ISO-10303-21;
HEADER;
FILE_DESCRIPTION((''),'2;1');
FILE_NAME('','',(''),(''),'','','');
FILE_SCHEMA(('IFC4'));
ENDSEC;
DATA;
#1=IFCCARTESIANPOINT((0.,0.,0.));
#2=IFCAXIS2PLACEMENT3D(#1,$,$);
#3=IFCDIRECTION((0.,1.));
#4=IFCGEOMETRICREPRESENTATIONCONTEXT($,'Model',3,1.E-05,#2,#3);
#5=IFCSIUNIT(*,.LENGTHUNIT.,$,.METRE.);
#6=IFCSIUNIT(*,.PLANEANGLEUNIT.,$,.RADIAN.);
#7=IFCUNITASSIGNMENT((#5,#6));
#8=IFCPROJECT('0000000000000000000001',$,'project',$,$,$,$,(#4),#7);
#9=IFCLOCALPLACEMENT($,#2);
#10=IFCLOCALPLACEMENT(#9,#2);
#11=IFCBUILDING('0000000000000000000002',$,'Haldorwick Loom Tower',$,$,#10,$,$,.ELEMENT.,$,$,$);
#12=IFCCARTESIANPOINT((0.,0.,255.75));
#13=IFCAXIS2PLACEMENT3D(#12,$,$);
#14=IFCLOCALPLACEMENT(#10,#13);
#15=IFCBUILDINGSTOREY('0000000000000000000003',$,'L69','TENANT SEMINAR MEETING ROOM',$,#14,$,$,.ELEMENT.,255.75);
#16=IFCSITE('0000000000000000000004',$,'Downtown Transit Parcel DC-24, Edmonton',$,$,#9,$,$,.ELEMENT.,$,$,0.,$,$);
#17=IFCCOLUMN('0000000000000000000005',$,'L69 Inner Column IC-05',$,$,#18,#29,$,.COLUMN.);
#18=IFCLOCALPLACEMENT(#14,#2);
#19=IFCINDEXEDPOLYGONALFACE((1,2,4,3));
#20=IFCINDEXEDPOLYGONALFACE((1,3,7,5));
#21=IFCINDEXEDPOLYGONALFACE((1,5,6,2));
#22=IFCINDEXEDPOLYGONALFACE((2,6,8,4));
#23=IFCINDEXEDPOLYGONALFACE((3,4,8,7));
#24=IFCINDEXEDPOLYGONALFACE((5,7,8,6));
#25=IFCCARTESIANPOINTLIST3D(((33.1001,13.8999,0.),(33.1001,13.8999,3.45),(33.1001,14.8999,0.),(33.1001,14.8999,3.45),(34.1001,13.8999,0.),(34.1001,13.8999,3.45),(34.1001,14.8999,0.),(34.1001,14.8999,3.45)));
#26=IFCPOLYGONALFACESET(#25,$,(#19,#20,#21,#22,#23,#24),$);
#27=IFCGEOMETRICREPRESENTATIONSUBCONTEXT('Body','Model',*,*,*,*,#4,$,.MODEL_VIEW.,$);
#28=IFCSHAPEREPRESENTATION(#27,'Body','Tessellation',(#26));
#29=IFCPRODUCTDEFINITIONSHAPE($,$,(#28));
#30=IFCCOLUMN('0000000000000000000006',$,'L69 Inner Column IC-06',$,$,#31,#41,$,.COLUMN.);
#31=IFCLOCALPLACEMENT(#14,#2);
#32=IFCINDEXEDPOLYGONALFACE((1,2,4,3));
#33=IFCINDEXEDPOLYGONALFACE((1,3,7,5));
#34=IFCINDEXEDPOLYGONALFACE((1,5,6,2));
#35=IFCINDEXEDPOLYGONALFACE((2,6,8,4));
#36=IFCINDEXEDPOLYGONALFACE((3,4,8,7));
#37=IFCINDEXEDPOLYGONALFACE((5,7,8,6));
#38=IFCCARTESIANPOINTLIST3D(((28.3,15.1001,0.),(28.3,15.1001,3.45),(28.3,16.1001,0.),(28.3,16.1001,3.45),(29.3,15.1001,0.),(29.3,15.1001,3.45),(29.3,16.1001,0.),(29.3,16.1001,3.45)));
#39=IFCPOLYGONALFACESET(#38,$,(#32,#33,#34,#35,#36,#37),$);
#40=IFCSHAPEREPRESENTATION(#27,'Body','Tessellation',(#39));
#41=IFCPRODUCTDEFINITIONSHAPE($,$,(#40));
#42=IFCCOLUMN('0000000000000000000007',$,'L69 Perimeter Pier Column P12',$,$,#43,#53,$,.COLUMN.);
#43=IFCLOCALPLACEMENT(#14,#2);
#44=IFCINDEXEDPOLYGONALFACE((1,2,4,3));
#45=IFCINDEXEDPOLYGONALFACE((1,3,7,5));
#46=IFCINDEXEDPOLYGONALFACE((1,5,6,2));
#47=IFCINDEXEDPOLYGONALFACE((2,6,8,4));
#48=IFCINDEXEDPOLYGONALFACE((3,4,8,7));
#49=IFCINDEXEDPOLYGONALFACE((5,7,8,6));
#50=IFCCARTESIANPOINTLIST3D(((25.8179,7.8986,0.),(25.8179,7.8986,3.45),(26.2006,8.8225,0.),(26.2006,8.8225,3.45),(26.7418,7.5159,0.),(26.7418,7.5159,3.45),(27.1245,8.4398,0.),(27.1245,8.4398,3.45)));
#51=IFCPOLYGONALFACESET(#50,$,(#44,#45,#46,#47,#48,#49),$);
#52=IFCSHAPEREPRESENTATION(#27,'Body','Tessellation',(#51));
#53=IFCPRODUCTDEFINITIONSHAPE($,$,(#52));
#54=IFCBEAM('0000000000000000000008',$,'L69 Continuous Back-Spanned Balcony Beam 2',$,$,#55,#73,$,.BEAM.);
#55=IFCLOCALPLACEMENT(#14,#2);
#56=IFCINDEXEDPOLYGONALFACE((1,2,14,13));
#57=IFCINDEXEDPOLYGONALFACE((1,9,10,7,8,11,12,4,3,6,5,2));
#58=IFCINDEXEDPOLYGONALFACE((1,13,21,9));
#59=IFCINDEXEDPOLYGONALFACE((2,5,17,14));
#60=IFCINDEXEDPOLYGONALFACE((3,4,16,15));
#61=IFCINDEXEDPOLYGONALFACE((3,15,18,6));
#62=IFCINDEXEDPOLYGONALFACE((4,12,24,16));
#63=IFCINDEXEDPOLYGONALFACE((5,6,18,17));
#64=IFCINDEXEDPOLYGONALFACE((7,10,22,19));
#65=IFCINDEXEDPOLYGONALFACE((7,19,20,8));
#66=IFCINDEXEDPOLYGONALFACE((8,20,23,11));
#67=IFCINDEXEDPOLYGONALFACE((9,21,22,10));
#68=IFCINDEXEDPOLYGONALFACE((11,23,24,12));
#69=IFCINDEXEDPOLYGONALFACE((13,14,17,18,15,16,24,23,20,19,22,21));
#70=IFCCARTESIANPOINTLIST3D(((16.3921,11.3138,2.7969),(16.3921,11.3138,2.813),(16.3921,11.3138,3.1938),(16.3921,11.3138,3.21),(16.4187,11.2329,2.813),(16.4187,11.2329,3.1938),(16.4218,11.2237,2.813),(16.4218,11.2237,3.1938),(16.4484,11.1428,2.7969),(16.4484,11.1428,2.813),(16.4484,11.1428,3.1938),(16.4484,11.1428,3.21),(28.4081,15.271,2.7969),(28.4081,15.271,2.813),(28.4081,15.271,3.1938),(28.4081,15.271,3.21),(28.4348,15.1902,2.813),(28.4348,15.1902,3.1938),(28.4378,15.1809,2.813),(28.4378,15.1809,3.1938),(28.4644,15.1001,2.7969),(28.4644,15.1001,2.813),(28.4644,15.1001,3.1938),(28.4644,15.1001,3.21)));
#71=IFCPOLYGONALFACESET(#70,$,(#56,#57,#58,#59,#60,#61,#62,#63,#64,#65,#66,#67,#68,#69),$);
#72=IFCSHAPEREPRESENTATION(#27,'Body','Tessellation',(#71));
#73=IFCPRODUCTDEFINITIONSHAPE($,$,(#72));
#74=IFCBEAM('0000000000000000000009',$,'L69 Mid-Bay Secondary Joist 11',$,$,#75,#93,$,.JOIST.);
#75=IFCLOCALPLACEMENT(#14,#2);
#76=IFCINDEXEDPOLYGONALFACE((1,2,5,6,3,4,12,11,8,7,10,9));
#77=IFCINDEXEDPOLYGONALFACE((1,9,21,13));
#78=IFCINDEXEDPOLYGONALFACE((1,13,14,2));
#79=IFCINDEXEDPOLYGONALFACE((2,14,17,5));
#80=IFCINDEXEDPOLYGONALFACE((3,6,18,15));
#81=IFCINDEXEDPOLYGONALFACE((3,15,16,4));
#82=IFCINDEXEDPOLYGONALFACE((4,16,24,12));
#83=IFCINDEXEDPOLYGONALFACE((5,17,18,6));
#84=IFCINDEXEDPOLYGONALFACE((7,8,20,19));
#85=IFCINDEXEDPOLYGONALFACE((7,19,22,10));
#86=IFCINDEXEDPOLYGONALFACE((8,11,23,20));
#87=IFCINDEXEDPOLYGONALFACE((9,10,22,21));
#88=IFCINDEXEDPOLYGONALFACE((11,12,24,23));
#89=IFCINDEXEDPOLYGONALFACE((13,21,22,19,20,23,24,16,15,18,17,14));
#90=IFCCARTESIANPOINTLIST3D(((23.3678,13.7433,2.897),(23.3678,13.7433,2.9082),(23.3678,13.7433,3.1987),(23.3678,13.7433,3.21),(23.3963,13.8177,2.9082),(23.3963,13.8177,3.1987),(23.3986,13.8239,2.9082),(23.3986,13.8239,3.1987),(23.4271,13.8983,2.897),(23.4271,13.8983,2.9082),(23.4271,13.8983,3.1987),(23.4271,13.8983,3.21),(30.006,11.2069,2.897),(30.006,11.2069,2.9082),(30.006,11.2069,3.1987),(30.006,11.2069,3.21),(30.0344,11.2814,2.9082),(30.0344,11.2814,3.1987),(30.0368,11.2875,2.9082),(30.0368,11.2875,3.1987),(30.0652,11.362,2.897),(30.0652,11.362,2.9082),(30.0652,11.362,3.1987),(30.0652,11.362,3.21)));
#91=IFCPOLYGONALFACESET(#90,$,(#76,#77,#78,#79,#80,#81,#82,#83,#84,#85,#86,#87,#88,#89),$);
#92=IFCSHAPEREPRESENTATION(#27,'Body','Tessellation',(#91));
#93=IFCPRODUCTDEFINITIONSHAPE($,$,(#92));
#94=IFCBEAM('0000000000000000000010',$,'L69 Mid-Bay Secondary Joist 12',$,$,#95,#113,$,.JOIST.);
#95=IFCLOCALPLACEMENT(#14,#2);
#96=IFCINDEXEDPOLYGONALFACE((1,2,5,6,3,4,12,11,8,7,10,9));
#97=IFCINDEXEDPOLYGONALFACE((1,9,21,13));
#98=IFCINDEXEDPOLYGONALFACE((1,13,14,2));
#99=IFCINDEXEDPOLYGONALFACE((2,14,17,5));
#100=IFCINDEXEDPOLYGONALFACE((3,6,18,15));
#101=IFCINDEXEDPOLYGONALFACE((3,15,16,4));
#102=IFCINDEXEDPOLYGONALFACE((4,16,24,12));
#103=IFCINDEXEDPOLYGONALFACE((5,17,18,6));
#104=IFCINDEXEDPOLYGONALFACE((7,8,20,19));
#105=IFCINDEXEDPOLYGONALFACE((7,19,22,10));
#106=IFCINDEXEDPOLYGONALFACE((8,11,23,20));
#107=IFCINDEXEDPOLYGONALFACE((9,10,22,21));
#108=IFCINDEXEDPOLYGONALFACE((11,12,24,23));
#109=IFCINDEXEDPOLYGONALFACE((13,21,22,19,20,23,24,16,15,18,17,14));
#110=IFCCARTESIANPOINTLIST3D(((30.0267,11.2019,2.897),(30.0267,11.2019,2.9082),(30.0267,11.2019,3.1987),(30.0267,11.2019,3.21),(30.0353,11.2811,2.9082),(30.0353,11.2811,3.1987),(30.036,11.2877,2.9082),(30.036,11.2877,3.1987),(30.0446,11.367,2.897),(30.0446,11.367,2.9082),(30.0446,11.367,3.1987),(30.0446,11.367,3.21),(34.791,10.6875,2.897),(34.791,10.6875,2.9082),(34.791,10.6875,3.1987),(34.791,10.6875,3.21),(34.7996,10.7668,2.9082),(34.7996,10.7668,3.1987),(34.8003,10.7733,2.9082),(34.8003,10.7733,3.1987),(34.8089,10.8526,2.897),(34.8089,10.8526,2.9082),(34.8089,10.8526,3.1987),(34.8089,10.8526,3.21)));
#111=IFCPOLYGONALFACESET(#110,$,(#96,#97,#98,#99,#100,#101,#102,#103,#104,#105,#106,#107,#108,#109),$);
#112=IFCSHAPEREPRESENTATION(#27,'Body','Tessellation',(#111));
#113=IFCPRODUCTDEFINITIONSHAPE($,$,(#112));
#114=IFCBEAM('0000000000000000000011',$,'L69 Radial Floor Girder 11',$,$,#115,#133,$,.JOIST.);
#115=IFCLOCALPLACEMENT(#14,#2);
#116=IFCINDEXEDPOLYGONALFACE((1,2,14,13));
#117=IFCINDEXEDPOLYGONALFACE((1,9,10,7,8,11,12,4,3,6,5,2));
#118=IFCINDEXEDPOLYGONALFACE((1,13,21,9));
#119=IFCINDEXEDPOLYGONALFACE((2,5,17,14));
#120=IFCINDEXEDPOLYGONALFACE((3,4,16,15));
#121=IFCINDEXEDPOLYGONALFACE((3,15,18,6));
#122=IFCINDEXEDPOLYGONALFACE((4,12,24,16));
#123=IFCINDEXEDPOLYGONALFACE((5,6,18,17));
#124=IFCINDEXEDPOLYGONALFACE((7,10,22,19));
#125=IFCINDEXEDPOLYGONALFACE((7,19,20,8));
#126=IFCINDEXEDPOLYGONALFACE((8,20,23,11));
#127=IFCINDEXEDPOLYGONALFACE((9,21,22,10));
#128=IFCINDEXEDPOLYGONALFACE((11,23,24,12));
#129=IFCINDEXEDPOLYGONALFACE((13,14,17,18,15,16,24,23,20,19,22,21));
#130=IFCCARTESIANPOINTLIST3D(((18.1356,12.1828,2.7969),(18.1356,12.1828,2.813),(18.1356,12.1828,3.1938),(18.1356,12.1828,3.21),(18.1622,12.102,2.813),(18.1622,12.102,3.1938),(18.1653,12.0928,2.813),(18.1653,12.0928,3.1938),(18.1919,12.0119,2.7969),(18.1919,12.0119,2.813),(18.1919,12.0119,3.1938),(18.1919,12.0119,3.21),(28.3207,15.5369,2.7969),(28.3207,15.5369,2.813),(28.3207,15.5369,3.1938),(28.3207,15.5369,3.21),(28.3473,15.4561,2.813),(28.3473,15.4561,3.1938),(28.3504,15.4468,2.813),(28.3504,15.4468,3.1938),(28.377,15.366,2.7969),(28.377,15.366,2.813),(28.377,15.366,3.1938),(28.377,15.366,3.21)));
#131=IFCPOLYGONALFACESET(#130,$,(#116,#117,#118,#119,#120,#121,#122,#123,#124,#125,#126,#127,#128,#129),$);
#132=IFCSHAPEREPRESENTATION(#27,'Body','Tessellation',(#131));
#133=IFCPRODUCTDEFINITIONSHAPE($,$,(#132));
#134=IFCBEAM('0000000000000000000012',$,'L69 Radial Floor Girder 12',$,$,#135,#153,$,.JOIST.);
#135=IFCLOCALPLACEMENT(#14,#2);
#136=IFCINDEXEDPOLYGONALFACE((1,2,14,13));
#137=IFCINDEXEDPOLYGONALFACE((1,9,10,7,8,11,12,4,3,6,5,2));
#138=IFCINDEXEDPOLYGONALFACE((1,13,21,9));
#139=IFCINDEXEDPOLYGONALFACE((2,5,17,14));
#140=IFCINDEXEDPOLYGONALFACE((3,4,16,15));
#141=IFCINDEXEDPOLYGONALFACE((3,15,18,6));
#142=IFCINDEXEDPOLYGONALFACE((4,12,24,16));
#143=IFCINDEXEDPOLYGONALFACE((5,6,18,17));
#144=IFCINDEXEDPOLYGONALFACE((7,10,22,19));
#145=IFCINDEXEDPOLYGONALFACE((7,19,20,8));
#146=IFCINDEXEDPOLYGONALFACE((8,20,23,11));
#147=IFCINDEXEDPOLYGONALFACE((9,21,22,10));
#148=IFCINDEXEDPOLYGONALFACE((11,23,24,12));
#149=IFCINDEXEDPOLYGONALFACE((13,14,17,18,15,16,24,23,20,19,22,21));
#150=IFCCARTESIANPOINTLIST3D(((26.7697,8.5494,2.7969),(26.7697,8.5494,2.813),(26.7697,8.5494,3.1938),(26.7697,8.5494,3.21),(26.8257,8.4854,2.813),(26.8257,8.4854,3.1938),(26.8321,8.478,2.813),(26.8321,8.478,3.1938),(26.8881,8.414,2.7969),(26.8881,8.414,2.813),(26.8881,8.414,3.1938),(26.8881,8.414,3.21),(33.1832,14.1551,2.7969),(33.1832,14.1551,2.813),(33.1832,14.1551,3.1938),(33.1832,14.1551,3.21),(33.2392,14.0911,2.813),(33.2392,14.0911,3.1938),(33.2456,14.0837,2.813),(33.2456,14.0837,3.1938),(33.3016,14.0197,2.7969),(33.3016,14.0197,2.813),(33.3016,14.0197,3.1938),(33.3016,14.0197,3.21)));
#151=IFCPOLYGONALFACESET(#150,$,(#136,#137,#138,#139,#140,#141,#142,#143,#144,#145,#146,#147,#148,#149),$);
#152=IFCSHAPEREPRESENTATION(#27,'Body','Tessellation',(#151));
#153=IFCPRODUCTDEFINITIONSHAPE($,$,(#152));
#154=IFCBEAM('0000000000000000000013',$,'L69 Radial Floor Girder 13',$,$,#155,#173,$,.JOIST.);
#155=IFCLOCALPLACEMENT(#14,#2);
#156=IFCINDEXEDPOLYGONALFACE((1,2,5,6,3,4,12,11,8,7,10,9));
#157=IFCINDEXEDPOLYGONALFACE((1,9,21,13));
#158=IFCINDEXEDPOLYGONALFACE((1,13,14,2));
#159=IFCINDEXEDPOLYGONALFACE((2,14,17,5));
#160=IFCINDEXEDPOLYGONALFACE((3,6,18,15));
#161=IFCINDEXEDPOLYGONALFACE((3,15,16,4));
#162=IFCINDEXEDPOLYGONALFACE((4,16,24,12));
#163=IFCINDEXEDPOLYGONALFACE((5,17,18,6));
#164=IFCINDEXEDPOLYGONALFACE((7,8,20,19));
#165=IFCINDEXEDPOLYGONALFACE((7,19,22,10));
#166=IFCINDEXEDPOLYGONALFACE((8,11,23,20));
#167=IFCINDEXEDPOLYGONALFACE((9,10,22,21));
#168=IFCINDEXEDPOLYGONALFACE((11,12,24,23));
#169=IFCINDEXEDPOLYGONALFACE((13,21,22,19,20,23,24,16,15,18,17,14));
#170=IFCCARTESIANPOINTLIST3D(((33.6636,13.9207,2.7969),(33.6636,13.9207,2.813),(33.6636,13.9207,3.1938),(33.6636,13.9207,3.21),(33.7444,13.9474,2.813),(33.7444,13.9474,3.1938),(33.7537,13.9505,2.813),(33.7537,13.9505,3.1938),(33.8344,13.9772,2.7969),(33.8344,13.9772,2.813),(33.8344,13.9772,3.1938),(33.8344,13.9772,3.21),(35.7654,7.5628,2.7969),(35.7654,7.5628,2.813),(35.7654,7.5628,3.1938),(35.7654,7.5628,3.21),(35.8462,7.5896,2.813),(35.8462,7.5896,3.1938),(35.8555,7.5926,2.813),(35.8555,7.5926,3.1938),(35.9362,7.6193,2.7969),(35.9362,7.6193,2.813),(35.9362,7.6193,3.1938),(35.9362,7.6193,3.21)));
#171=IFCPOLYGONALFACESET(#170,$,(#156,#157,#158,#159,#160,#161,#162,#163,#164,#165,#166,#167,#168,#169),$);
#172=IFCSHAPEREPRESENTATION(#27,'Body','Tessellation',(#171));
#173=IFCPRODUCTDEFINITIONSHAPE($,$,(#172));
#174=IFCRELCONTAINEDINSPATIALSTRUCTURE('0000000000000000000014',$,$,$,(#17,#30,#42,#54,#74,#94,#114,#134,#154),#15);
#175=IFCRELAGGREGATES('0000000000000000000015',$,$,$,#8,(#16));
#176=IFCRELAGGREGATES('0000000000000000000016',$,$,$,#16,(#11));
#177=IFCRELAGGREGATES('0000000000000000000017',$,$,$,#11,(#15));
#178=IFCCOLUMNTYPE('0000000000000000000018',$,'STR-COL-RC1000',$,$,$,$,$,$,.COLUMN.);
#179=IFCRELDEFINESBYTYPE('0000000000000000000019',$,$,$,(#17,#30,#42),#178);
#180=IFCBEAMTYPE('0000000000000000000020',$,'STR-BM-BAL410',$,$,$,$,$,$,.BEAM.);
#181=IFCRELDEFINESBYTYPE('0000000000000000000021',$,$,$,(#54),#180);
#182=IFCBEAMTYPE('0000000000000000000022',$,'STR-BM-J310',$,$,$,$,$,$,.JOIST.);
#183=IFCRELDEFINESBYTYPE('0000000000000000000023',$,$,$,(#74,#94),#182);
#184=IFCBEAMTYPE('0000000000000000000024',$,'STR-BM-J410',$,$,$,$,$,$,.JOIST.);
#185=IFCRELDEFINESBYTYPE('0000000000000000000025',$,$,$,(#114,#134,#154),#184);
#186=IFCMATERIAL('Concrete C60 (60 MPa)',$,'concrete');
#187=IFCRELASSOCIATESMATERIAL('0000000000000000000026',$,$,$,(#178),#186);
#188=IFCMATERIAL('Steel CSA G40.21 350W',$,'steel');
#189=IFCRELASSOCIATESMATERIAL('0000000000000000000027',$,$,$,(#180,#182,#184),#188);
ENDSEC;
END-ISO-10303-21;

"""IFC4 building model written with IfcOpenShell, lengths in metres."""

from ifc_helpers import new_model, si_unit, direction, frame, origin, origin_2d, place, context, subcontext, project, spatial, rectangle, i_section, extrude, material, material_profile, profile_set, type_object, element, save


model = new_model("IFC4")

# Units and contexts
model_context = context("Model", 3, precision=1e-05, world=origin(), true_north=direction((0.0, 1.0)))
body_context = subcontext(model_context, "Body", "Model", "MODEL_VIEW")
ifc_project = project(units=[si_unit("LENGTHUNIT", "METRE"), si_unit("PLANEANGLEUNIT", "RADIAN")], contexts=[model_context])

# Site, building, storey
site_placement = place(None, origin())
site = spatial("IfcSite", under=ifc_project, at=site_placement, Name="Downtown Transit Parcel DC-24, Edmonton", CompositionType="ELEMENT", RefElevation=0.0)
building_placement = place(site_placement, origin())
building = spatial("IfcBuilding", under=site, at=building_placement, Name="Haldorwick Loom Tower", CompositionType="ELEMENT")
storey_placement = place(building_placement, frame((0.0, 0.0, 255.75)))
storey = spatial("IfcBuildingStorey", under=building, at=storey_placement, Name="L69", Description="TENANT SEMINAR MEETING ROOM", CompositionType="ELEMENT", Elevation=255.75)

# Columns
ifc_material_1 = material(Name="Concrete C60 (60 MPa)", Category="concrete")
ifc_material_profile_1 = material_profile(ifc_material_1, rectangle(XDim=1.0, YDim=1.0, at=origin_2d()), Name="RC1000X1000", Category="concrete")
ifc_profile_set_1 = profile_set([ifc_material_profile_1], Name="Concrete C60 (60 MPa)")
column_type = type_object("IfcColumnType", Name="STR-COL-RC1000", PredefinedType="COLUMN", material=ifc_profile_set_1)
for number, where, z_axis, x_axis, name in (
    (1, (33.6001, 14.3999, 0.0), (0.0, 0.0, 1.0), (1.0, 0.0, 0.0), "L69 Inner Column IC-05"),
    (2, (28.8, 15.6001, 0.0), (0.0, 0.0, 1.0), (1.0, 0.0, 0.0), "L69 Inner Column IC-06"),
    (3, (26.4712, 8.1692, 0.0), (0.0, 0.0, 1.0), (-0.382683, -0.92388, 0.0), "L69 Perimeter Pier Column P12"),
):
    element("IfcColumn", number, at=place(storey_placement, frame(where, z_axis=z_axis, x_axis=x_axis)), inside=storey, type_object=column_type, Name=name, PredefinedType="COLUMN", context=body_context, shape_type="SweptSolid", body=[
        extrude(rectangle(XDim=1.0, YDim=1.0, at=origin_2d()), origin(), (0.0, 0.0, 1.0), 3.45),
    ])

# Beams
ifc_material_2 = material(Name="Steel CSA G40.21 350W", Category="steel")
ifc_material_profile_2 = material_profile(ifc_material_2, i_section(OverallWidth=0.1799, OverallDepth=0.4131, WebThickness=0.0098, FlangeThickness=0.0161, at=origin_2d()), Name="W410X74", Category="steel")
ifc_profile_set_2 = profile_set([ifc_material_profile_2], Name="Steel CSA G40.21 350W")
beam_type_1 = type_object("IfcBeamType", Name="STR-BM-BAL410", PredefinedType="BEAM", material=ifc_profile_set_2)
beam_1_placement = place(storey_placement, frame((28.4363, 15.1855, 3.0034), z_axis=(-0.949818, -0.312804, 0.0), x_axis=(0.312804, -0.949818, 0.0)))
element("IfcBeam", 4, at=beam_1_placement, inside=storey, type_object=beam_type_1, Name="L69 Continuous Back-Spanned Balcony Beam 2", PredefinedType="BEAM", context=body_context, shape_type="SweptSolid", body=[
    extrude(i_section(OverallWidth=0.1799, OverallDepth=0.4131, WebThickness=0.0098, FlangeThickness=0.0161, at=origin_2d()), origin(), (0.0, 0.0, 1.0), 12.6509),
])
ifc_material_profile_3 = material_profile(ifc_material_2, i_section(OverallWidth=0.166, OverallDepth=0.313, WebThickness=0.0066, FlangeThickness=0.0112, at=origin_2d()), Name="W310X45", Category="steel")
ifc_profile_set_3 = profile_set([ifc_material_profile_3], Name="Steel CSA G40.21 350W")
beam_type_2 = type_object("IfcBeamType", Name="STR-BM-J310", PredefinedType="JOIST", material=ifc_profile_set_3)
beam_2_placement = place(storey_placement, frame((23.3975, 13.8208, 3.0535), z_axis=(0.934134, -0.356922, 0.0), x_axis=(0.356922, 0.934134, 0.0)))
element("IfcBeam", 5, at=beam_2_placement, inside=storey, type_object=beam_type_2, Name="L69 Mid-Bay Secondary Joist 11", PredefinedType="JOIST", context=body_context, shape_type="SweptSolid", body=[
    extrude(i_section(OverallWidth=0.166, OverallDepth=0.313, WebThickness=0.0066, FlangeThickness=0.0112, at=origin_2d()), origin(), (0.0, 0.0, 1.0), 7.1062),
])
beam_3_placement = place(storey_placement, frame((30.0356, 11.2844, 3.0535), z_axis=(0.994222, -0.107344, 0.0), x_axis=(0.107344, 0.994222, 0.0)))
element("IfcBeam", 6, at=beam_3_placement, inside=storey, type_object=beam_type_2, Name="L69 Mid-Bay Secondary Joist 12", PredefinedType="JOIST", context=body_context, shape_type="SweptSolid", body=[
    extrude(i_section(OverallWidth=0.166, OverallDepth=0.313, WebThickness=0.0066, FlangeThickness=0.0112, at=origin_2d()), origin(), (0.0, 0.0, 1.0), 4.792),
])
ifc_material_profile_4 = material_profile(ifc_material_2, i_section(OverallWidth=0.1799, OverallDepth=0.4131, WebThickness=0.0098, FlangeThickness=0.0161, at=origin_2d()), Name="W410X74", Category="steel")
ifc_profile_set_4 = profile_set([ifc_material_profile_4], Name="Steel CSA G40.21 350W")
beam_type_3 = type_object("IfcBeamType", Name="STR-BM-J410", PredefinedType="JOIST", material=ifc_profile_set_4)
beam_4_placement = place(storey_placement, frame((28.3489, 15.4514, 3.0034), z_axis=(-0.949825, -0.312783, 0.0), x_axis=(0.312783, -0.949825, 0.0)))
element("IfcBeam", 7, at=beam_4_placement, inside=storey, type_object=beam_type_3, Name="L69 Radial Floor Girder 11", PredefinedType="JOIST", context=body_context, shape_type="SweptSolid", body=[
    extrude(i_section(OverallWidth=0.1799, OverallDepth=0.4131, WebThickness=0.0098, FlangeThickness=0.0161, at=origin_2d()), origin(), (0.0, 0.0, 1.0), 10.7231),
])
beam_5_placement = place(storey_placement, frame((33.2424, 14.0874, 3.0034), z_axis=(-0.752935, -0.658095, 0.0), x_axis=(0.658095, -0.752935, 0.0)))
element("IfcBeam", 8, at=beam_5_placement, inside=storey, type_object=beam_type_3, Name="L69 Radial Floor Girder 12", PredefinedType="JOIST", context=body_context, shape_type="SweptSolid", body=[
    extrude(i_section(OverallWidth=0.1799, OverallDepth=0.4131, WebThickness=0.0098, FlangeThickness=0.0161, at=origin_2d()), origin(), (0.0, 0.0, 1.0), 8.5181),
])
beam_6_placement = place(storey_placement, frame((33.749, 13.949, 3.0034), z_axis=(0.313875, -0.949464, 0.0), x_axis=(0.949464, 0.313875, 0.0)))
element("IfcBeam", 9, at=beam_6_placement, inside=storey, type_object=beam_type_3, Name="L69 Radial Floor Girder 13", PredefinedType="JOIST", context=body_context, shape_type="SweptSolid", body=[
    extrude(i_section(OverallWidth=0.1799, OverallDepth=0.4131, WebThickness=0.0098, FlangeThickness=0.0161, at=origin_2d()), origin(), (0.0, 0.0, 1.0), 6.6963),
])

save(model, "model.ifc")
